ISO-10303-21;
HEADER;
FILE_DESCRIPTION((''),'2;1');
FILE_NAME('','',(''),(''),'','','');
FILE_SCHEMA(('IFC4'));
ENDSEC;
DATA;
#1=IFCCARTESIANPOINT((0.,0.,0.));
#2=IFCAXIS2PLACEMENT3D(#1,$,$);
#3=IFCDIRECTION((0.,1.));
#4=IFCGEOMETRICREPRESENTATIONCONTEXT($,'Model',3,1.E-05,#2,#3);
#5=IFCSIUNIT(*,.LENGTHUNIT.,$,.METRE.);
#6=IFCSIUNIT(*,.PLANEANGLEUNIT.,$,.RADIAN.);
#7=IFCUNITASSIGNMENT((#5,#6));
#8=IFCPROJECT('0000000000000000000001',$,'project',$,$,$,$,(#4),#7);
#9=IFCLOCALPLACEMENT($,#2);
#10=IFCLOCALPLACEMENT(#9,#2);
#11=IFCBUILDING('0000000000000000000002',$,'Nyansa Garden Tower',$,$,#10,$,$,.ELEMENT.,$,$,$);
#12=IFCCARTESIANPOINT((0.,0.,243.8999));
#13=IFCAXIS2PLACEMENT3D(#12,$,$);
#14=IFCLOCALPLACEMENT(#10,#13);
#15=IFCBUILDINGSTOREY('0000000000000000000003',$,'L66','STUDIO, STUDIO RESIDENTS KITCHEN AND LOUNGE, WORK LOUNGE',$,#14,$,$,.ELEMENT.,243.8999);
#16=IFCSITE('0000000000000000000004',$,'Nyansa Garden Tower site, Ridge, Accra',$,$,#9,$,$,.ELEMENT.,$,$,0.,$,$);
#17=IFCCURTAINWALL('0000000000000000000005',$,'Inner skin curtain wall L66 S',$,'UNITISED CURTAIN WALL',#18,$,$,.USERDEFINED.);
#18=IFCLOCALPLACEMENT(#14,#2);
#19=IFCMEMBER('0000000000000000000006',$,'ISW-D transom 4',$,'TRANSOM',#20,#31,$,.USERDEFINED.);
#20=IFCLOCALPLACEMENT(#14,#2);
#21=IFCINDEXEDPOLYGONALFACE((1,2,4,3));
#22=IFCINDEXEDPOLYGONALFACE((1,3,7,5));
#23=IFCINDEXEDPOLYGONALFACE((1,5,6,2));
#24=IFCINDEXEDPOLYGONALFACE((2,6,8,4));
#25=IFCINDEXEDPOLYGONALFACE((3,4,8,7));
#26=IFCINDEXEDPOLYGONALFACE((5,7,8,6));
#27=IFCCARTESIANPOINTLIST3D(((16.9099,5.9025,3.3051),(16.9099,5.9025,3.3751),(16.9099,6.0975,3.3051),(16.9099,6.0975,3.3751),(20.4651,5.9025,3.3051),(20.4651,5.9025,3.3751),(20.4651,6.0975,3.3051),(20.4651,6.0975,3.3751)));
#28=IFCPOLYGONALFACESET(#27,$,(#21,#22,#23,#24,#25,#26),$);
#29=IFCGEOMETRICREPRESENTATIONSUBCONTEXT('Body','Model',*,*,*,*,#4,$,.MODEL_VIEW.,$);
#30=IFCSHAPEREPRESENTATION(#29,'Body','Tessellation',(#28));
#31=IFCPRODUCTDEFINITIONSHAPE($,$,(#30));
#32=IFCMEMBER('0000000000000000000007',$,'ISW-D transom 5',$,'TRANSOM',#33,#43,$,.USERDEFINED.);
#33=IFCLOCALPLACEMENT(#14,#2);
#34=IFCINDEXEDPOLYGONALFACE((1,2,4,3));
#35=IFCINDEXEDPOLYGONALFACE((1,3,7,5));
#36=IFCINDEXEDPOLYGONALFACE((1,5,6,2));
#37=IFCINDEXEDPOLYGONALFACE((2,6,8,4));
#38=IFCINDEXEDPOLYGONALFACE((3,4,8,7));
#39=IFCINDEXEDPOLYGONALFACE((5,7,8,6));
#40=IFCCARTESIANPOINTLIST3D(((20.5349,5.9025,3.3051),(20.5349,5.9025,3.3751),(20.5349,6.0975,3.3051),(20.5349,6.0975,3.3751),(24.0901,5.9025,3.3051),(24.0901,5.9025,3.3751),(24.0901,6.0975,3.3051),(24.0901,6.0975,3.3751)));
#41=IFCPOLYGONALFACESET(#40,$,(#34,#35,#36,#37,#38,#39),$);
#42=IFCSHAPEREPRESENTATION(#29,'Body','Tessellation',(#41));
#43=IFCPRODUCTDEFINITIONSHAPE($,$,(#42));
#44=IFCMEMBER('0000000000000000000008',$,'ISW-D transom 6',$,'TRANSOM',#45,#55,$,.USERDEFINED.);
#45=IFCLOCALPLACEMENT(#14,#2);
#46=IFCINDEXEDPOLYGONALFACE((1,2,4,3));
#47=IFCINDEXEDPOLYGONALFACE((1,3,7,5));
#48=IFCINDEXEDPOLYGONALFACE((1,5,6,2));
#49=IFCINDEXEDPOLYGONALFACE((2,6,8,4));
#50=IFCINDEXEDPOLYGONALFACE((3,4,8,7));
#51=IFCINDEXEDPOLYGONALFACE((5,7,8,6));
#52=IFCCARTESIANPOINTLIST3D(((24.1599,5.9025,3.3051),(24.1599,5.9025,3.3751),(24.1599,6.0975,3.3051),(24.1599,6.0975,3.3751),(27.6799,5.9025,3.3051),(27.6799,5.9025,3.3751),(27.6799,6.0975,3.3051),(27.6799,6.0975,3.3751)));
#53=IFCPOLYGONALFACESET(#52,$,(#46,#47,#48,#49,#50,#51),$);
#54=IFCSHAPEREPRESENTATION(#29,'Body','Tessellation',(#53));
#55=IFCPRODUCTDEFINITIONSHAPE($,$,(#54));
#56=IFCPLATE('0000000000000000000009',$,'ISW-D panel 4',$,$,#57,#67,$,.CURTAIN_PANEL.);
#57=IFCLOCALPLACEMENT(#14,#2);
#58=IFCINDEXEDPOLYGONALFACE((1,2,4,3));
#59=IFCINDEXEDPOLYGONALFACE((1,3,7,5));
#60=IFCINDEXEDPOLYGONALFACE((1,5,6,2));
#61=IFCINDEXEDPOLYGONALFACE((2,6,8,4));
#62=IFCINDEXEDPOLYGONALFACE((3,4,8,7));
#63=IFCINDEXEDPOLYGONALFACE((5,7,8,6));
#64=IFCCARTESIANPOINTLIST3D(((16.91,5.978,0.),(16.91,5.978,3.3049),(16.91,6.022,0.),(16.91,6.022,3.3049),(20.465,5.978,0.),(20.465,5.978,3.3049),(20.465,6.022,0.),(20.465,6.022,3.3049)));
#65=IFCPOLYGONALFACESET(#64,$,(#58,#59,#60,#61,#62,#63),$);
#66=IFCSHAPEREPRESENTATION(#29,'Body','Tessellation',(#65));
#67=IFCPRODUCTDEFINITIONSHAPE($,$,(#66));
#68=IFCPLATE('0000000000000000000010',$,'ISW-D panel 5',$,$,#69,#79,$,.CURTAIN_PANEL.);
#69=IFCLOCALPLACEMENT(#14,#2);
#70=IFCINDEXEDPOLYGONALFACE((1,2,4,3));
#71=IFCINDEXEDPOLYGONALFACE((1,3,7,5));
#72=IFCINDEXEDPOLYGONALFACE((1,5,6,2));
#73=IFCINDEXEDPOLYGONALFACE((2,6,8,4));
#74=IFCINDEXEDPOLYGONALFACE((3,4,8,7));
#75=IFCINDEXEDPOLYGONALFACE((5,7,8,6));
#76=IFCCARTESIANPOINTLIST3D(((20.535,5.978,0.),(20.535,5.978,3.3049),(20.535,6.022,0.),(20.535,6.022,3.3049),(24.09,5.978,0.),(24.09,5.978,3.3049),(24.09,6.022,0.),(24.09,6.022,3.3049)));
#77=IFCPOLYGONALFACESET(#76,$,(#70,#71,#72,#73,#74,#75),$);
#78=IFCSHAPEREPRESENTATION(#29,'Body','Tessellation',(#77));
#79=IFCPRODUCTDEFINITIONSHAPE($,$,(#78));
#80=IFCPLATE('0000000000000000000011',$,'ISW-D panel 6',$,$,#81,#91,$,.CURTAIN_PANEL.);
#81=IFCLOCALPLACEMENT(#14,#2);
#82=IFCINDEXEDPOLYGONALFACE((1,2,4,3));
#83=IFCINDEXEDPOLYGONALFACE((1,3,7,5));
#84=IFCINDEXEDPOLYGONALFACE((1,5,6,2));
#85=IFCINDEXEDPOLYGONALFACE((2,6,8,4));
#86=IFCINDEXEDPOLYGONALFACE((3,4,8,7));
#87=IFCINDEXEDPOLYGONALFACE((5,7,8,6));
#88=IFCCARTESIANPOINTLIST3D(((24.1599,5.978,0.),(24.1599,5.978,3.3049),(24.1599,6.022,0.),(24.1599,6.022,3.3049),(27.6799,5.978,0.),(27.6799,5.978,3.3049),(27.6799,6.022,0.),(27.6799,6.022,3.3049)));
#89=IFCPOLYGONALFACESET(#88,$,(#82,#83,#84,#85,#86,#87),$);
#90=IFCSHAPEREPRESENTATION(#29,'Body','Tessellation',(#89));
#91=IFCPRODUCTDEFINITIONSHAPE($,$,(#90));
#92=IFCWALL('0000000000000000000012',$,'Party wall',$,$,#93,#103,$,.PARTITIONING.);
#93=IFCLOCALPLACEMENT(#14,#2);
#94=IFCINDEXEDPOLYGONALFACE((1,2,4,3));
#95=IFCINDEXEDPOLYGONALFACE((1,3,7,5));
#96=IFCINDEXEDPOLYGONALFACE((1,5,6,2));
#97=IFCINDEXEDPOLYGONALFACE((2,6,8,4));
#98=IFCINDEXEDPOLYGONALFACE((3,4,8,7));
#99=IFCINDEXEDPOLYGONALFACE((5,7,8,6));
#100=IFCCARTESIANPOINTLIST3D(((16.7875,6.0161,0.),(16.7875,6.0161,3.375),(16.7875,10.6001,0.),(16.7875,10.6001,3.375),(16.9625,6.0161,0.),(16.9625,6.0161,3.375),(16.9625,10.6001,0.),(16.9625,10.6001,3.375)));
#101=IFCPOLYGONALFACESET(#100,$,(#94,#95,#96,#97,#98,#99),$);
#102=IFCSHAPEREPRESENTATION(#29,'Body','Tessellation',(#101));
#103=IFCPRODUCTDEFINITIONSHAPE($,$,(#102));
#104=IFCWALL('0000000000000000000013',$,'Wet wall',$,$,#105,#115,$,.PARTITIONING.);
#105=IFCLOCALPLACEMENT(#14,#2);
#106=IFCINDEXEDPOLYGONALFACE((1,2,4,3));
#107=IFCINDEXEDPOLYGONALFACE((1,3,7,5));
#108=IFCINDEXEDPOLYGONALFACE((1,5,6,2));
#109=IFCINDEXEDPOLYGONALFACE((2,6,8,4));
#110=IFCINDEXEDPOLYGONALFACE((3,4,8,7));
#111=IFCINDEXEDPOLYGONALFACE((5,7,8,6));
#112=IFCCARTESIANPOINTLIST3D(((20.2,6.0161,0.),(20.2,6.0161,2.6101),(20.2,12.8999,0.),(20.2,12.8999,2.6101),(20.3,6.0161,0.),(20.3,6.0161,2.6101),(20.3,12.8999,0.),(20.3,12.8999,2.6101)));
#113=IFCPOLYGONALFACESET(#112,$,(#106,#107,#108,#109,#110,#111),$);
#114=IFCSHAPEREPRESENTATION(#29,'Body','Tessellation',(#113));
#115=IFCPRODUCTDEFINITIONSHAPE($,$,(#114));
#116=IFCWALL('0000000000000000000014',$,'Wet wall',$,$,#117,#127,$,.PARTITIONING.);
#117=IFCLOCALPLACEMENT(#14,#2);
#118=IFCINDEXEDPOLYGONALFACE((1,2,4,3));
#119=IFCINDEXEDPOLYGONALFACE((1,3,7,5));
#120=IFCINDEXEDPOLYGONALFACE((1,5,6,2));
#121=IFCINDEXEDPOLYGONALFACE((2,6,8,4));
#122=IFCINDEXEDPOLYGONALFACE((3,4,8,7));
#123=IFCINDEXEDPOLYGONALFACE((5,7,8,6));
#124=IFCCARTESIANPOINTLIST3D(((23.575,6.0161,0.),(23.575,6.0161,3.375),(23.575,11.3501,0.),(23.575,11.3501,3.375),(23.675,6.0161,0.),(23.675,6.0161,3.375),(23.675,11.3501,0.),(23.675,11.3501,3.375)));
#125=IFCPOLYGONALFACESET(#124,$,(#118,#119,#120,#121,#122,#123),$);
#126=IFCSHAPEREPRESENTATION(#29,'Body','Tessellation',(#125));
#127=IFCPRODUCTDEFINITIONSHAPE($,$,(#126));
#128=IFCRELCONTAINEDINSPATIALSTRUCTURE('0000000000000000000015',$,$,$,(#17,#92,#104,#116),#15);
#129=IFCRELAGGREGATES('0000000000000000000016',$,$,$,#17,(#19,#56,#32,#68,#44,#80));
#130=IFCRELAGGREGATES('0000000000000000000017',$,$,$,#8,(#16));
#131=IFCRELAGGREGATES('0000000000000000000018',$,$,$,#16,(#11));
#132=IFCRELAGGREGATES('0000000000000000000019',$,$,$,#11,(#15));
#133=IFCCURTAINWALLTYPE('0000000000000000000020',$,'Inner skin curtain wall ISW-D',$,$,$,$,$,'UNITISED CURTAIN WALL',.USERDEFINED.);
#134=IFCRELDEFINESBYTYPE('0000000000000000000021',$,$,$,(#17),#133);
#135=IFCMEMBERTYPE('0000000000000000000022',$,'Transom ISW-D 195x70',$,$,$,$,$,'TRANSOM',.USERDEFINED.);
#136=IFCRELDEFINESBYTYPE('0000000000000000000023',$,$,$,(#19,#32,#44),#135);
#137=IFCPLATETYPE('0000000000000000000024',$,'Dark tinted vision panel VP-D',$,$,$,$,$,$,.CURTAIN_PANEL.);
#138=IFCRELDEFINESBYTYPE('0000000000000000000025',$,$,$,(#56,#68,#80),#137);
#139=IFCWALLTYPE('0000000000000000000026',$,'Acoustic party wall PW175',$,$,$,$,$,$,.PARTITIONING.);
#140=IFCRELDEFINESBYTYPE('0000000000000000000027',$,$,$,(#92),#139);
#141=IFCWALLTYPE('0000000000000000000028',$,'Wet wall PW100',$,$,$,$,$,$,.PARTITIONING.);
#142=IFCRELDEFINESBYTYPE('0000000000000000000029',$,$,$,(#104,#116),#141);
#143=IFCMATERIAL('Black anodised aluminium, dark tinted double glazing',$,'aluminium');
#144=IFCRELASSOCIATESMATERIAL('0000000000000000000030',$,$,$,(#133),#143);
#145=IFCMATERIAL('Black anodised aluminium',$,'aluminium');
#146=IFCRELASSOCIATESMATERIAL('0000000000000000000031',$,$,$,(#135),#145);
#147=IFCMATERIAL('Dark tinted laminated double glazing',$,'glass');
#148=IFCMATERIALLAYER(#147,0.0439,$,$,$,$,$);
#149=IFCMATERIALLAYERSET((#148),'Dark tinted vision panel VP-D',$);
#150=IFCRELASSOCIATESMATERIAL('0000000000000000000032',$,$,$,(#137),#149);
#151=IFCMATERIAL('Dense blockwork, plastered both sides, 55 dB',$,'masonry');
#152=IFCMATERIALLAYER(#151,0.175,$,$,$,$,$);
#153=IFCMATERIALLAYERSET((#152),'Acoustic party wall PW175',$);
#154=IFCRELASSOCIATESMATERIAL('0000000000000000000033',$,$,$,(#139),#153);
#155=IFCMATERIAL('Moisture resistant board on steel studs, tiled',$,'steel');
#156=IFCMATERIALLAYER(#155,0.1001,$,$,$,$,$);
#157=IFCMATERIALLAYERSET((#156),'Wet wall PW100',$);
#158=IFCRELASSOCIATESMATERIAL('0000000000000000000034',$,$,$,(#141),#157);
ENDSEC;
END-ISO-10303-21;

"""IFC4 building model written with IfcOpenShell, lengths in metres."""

from ifc_helpers import new_model, si_unit, direction, frame, frame_2d, origin, origin_2d, place, context, subcontext, project, spatial, rectangle, extrude, material, layer, layer_set, material_profile, profile_set, type_object, element, aggregate, save


model = new_model("IFC4")

# Units and contexts
model_context = context("Model", 3, precision=1e-05, world=origin(), true_north=direction((0.0, 1.0)))
body_context = subcontext(model_context, "Body", "Model", "MODEL_VIEW")
ifc_project = project(units=[si_unit("LENGTHUNIT", "METRE"), si_unit("PLANEANGLEUNIT", "RADIAN")], contexts=[model_context])

# Site, building, storey
site_placement = place(None, origin())
site = spatial("IfcSite", under=ifc_project, at=site_placement, Name="Nyansa Garden Tower site, Ridge, Accra", CompositionType="ELEMENT", RefElevation=0.0)
building_placement = place(site_placement, origin())
building = spatial("IfcBuilding", under=site, at=building_placement, Name="Nyansa Garden Tower", CompositionType="ELEMENT")
storey_placement = place(building_placement, frame((0.0, 0.0, 243.8999)))
storey = spatial("IfcBuildingStorey", under=building, at=storey_placement, Name="L66", Description="STUDIO, STUDIO RESIDENTS KITCHEN AND LOUNGE, WORK LOUNGE", CompositionType="ELEMENT", Elevation=243.8999)

# Curtain wall
ifc_material_1 = material(Name="Black anodised aluminium, dark tinted double glazing", Category="aluminium")
curtain_wall_type = type_object("IfcCurtainWallType", Name="Inner skin curtain wall ISW-D", ElementType="UNITISED CURTAIN WALL", PredefinedType="USERDEFINED", material=ifc_material_1)
curtain_wall_placement = place(storey_placement, origin())
curtain_wall = element("IfcCurtainWall", 1, at=curtain_wall_placement, inside=storey, type_object=curtain_wall_type, Name="Inner skin curtain wall L66 S", ObjectType="UNITISED CURTAIN WALL", PredefinedType="USERDEFINED")

# Members
ifc_material_2 = material(Name="Black anodised aluminium", Category="aluminium")
ifc_material_profile_1 = material_profile(ifc_material_2, rectangle(XDim=0.1951, YDim=0.0701, at=origin_2d()), Name="Transom 195x70")
ifc_profile_set_1 = profile_set([ifc_material_profile_1], Name="Black anodised aluminium")
member_type_1 = type_object("IfcMemberType", Name="Transom ISW-D 195x70", ElementType="TRANSOM", PredefinedType="USERDEFINED", material=ifc_profile_set_1)
member_1_placement = place(storey_placement, frame((16.9099, 6.0, 3.3401), z_axis=(1.0, 0.0, 0.0), x_axis=(0.0, 1.0, 0.0)))
member_1 = element("IfcMember", 2, at=member_1_placement, type_object=member_type_1, Name="ISW-D transom 4", ObjectType="TRANSOM", PredefinedType="USERDEFINED", context=body_context, shape_type="SweptSolid", body=[
    extrude(rectangle(XDim=0.1951, YDim=0.0701, at=origin_2d()), origin(), (0.0, 0.0, 1.0), 3.5552),
])
member_2_placement = place(storey_placement, frame((20.5349, 6.0, 3.3401), z_axis=(1.0, 0.0, 0.0), x_axis=(0.0, 1.0, 0.0)))
member_2 = element("IfcMember", 3, at=member_2_placement, type_object=member_type_1, Name="ISW-D transom 5", ObjectType="TRANSOM", PredefinedType="USERDEFINED", context=body_context, shape_type="SweptSolid", body=[
    extrude(rectangle(XDim=0.1951, YDim=0.0701, at=origin_2d()), origin(), (0.0, 0.0, 1.0), 3.5552),
])
member_3_placement = place(storey_placement, frame((24.1599, 6.0, 3.3401), z_axis=(1.0, 0.0, 0.0), x_axis=(0.0, 1.0, 0.0)))
member_3 = element("IfcMember", 4, at=member_3_placement, type_object=member_type_1, Name="ISW-D transom 6", ObjectType="TRANSOM", PredefinedType="USERDEFINED", context=body_context, shape_type="SweptSolid", body=[
    extrude(rectangle(XDim=0.1951, YDim=0.0701, at=origin_2d()), origin(), (0.0, 0.0, 1.0), 3.52),
])

# Plates
ifc_material_3 = material(Name="Dark tinted laminated double glazing", Category="glass")
ifc_layer_1 = layer(ifc_material_3, 0.0439)
ifc_layer_set_1 = layer_set([ifc_layer_1], Name="Dark tinted vision panel VP-D")
plate_type = type_object("IfcPlateType", Name="Dark tinted vision panel VP-D", PredefinedType="CURTAIN_PANEL", material=ifc_layer_set_1)
plate_1_placement = place(storey_placement, frame((18.6875, 6.0, 0.0), z_axis=(0.0, 0.0, 1.0), x_axis=(1.0, 0.0, 0.0)))
plate_1 = element("IfcPlate", 5, at=plate_1_placement, type_object=plate_type, Name="ISW-D panel 4", PredefinedType="CURTAIN_PANEL", context=body_context, shape_type="SweptSolid", body=[
    extrude(rectangle(XDim=3.5549, YDim=0.0439, at=origin_2d()), origin(), (0.0, 0.0, 1.0), 3.3049),
])
plate_2_placement = place(storey_placement, frame((22.3125, 6.0, 0.0), z_axis=(0.0, 0.0, 1.0), x_axis=(1.0, 0.0, 0.0)))
plate_2 = element("IfcPlate", 6, at=plate_2_placement, type_object=plate_type, Name="ISW-D panel 5", PredefinedType="CURTAIN_PANEL", context=body_context, shape_type="SweptSolid", body=[
    extrude(rectangle(XDim=3.5549, YDim=0.0439, at=origin_2d()), origin(), (0.0, 0.0, 1.0), 3.3049),
])
plate_3_placement = place(storey_placement, frame((25.9199, 6.0, 0.0), z_axis=(0.0, 0.0, 1.0), x_axis=(1.0, 0.0, 0.0)))
plate_3 = element("IfcPlate", 7, at=plate_3_placement, type_object=plate_type, Name="ISW-D panel 6", PredefinedType="CURTAIN_PANEL", context=body_context, shape_type="SweptSolid", body=[
    extrude(rectangle(XDim=3.52, YDim=0.0439, at=origin_2d()), origin(), (0.0, 0.0, 1.0), 3.3049),
])
aggregate(curtain_wall, [member_1, plate_1, member_2, plate_2, member_3, plate_3])

# Walls
ifc_material_4 = material(Name="Dense blockwork, plastered both sides, 55 dB", Category="masonry")
ifc_layer_2 = layer(ifc_material_4, 0.175)
ifc_layer_set_2 = layer_set([ifc_layer_2], Name="Acoustic party wall PW175")
wall_type_1 = type_object("IfcWallType", Name="Acoustic party wall PW175", PredefinedType="PARTITIONING", material=ifc_layer_set_2)
wall_1_placement = place(storey_placement, frame((16.875, 6.0161, 0.0), z_axis=(0.0, 0.0, 1.0), x_axis=(0.0, 1.0, 0.0)))
element("IfcWall", 8, at=wall_1_placement, inside=storey, type_object=wall_type_1, Name="Party wall", PredefinedType="PARTITIONING", context=body_context, shape_type="SweptSolid", body=[
    extrude(rectangle(XDim=4.584, YDim=0.175, at=frame_2d((2.292, 0.0))), origin(), (0.0, 0.0, 1.0), 3.375),
])
ifc_material_5 = material(Name="Moisture resistant board on steel studs, tiled", Category="steel")
ifc_layer_3 = layer(ifc_material_5, 0.1001)
ifc_layer_set_3 = layer_set([ifc_layer_3], Name="Wet wall PW100")
wall_type_2 = type_object("IfcWallType", Name="Wet wall PW100", PredefinedType="PARTITIONING", material=ifc_layer_set_3)
wall_2_placement = place(storey_placement, frame((20.25, 6.0161, 0.0), z_axis=(0.0, 0.0, 1.0), x_axis=(0.0, 1.0, 0.0)))
element("IfcWall", 9, at=wall_2_placement, inside=storey, type_object=wall_type_2, Name="Wet wall", PredefinedType="PARTITIONING", context=body_context, shape_type="SweptSolid", body=[
    extrude(rectangle(XDim=6.8838, YDim=0.1001, at=frame_2d((3.4419, 0.0))), origin(), (0.0, 0.0, 1.0), 2.6101),
])
wall_3_placement = place(storey_placement, frame((23.625, 6.0161, 0.0), z_axis=(0.0, 0.0, 1.0), x_axis=(0.0, 1.0, 0.0)))
element("IfcWall", 10, at=wall_3_placement, inside=storey, type_object=wall_type_2, Name="Wet wall", PredefinedType="PARTITIONING", context=body_context, shape_type="SweptSolid", body=[
    extrude(rectangle(XDim=5.334, YDim=0.1001, at=frame_2d((2.667, 0.0))), origin(), (0.0, 0.0, 1.0), 3.375),
])

save(model, "model.ifc")
